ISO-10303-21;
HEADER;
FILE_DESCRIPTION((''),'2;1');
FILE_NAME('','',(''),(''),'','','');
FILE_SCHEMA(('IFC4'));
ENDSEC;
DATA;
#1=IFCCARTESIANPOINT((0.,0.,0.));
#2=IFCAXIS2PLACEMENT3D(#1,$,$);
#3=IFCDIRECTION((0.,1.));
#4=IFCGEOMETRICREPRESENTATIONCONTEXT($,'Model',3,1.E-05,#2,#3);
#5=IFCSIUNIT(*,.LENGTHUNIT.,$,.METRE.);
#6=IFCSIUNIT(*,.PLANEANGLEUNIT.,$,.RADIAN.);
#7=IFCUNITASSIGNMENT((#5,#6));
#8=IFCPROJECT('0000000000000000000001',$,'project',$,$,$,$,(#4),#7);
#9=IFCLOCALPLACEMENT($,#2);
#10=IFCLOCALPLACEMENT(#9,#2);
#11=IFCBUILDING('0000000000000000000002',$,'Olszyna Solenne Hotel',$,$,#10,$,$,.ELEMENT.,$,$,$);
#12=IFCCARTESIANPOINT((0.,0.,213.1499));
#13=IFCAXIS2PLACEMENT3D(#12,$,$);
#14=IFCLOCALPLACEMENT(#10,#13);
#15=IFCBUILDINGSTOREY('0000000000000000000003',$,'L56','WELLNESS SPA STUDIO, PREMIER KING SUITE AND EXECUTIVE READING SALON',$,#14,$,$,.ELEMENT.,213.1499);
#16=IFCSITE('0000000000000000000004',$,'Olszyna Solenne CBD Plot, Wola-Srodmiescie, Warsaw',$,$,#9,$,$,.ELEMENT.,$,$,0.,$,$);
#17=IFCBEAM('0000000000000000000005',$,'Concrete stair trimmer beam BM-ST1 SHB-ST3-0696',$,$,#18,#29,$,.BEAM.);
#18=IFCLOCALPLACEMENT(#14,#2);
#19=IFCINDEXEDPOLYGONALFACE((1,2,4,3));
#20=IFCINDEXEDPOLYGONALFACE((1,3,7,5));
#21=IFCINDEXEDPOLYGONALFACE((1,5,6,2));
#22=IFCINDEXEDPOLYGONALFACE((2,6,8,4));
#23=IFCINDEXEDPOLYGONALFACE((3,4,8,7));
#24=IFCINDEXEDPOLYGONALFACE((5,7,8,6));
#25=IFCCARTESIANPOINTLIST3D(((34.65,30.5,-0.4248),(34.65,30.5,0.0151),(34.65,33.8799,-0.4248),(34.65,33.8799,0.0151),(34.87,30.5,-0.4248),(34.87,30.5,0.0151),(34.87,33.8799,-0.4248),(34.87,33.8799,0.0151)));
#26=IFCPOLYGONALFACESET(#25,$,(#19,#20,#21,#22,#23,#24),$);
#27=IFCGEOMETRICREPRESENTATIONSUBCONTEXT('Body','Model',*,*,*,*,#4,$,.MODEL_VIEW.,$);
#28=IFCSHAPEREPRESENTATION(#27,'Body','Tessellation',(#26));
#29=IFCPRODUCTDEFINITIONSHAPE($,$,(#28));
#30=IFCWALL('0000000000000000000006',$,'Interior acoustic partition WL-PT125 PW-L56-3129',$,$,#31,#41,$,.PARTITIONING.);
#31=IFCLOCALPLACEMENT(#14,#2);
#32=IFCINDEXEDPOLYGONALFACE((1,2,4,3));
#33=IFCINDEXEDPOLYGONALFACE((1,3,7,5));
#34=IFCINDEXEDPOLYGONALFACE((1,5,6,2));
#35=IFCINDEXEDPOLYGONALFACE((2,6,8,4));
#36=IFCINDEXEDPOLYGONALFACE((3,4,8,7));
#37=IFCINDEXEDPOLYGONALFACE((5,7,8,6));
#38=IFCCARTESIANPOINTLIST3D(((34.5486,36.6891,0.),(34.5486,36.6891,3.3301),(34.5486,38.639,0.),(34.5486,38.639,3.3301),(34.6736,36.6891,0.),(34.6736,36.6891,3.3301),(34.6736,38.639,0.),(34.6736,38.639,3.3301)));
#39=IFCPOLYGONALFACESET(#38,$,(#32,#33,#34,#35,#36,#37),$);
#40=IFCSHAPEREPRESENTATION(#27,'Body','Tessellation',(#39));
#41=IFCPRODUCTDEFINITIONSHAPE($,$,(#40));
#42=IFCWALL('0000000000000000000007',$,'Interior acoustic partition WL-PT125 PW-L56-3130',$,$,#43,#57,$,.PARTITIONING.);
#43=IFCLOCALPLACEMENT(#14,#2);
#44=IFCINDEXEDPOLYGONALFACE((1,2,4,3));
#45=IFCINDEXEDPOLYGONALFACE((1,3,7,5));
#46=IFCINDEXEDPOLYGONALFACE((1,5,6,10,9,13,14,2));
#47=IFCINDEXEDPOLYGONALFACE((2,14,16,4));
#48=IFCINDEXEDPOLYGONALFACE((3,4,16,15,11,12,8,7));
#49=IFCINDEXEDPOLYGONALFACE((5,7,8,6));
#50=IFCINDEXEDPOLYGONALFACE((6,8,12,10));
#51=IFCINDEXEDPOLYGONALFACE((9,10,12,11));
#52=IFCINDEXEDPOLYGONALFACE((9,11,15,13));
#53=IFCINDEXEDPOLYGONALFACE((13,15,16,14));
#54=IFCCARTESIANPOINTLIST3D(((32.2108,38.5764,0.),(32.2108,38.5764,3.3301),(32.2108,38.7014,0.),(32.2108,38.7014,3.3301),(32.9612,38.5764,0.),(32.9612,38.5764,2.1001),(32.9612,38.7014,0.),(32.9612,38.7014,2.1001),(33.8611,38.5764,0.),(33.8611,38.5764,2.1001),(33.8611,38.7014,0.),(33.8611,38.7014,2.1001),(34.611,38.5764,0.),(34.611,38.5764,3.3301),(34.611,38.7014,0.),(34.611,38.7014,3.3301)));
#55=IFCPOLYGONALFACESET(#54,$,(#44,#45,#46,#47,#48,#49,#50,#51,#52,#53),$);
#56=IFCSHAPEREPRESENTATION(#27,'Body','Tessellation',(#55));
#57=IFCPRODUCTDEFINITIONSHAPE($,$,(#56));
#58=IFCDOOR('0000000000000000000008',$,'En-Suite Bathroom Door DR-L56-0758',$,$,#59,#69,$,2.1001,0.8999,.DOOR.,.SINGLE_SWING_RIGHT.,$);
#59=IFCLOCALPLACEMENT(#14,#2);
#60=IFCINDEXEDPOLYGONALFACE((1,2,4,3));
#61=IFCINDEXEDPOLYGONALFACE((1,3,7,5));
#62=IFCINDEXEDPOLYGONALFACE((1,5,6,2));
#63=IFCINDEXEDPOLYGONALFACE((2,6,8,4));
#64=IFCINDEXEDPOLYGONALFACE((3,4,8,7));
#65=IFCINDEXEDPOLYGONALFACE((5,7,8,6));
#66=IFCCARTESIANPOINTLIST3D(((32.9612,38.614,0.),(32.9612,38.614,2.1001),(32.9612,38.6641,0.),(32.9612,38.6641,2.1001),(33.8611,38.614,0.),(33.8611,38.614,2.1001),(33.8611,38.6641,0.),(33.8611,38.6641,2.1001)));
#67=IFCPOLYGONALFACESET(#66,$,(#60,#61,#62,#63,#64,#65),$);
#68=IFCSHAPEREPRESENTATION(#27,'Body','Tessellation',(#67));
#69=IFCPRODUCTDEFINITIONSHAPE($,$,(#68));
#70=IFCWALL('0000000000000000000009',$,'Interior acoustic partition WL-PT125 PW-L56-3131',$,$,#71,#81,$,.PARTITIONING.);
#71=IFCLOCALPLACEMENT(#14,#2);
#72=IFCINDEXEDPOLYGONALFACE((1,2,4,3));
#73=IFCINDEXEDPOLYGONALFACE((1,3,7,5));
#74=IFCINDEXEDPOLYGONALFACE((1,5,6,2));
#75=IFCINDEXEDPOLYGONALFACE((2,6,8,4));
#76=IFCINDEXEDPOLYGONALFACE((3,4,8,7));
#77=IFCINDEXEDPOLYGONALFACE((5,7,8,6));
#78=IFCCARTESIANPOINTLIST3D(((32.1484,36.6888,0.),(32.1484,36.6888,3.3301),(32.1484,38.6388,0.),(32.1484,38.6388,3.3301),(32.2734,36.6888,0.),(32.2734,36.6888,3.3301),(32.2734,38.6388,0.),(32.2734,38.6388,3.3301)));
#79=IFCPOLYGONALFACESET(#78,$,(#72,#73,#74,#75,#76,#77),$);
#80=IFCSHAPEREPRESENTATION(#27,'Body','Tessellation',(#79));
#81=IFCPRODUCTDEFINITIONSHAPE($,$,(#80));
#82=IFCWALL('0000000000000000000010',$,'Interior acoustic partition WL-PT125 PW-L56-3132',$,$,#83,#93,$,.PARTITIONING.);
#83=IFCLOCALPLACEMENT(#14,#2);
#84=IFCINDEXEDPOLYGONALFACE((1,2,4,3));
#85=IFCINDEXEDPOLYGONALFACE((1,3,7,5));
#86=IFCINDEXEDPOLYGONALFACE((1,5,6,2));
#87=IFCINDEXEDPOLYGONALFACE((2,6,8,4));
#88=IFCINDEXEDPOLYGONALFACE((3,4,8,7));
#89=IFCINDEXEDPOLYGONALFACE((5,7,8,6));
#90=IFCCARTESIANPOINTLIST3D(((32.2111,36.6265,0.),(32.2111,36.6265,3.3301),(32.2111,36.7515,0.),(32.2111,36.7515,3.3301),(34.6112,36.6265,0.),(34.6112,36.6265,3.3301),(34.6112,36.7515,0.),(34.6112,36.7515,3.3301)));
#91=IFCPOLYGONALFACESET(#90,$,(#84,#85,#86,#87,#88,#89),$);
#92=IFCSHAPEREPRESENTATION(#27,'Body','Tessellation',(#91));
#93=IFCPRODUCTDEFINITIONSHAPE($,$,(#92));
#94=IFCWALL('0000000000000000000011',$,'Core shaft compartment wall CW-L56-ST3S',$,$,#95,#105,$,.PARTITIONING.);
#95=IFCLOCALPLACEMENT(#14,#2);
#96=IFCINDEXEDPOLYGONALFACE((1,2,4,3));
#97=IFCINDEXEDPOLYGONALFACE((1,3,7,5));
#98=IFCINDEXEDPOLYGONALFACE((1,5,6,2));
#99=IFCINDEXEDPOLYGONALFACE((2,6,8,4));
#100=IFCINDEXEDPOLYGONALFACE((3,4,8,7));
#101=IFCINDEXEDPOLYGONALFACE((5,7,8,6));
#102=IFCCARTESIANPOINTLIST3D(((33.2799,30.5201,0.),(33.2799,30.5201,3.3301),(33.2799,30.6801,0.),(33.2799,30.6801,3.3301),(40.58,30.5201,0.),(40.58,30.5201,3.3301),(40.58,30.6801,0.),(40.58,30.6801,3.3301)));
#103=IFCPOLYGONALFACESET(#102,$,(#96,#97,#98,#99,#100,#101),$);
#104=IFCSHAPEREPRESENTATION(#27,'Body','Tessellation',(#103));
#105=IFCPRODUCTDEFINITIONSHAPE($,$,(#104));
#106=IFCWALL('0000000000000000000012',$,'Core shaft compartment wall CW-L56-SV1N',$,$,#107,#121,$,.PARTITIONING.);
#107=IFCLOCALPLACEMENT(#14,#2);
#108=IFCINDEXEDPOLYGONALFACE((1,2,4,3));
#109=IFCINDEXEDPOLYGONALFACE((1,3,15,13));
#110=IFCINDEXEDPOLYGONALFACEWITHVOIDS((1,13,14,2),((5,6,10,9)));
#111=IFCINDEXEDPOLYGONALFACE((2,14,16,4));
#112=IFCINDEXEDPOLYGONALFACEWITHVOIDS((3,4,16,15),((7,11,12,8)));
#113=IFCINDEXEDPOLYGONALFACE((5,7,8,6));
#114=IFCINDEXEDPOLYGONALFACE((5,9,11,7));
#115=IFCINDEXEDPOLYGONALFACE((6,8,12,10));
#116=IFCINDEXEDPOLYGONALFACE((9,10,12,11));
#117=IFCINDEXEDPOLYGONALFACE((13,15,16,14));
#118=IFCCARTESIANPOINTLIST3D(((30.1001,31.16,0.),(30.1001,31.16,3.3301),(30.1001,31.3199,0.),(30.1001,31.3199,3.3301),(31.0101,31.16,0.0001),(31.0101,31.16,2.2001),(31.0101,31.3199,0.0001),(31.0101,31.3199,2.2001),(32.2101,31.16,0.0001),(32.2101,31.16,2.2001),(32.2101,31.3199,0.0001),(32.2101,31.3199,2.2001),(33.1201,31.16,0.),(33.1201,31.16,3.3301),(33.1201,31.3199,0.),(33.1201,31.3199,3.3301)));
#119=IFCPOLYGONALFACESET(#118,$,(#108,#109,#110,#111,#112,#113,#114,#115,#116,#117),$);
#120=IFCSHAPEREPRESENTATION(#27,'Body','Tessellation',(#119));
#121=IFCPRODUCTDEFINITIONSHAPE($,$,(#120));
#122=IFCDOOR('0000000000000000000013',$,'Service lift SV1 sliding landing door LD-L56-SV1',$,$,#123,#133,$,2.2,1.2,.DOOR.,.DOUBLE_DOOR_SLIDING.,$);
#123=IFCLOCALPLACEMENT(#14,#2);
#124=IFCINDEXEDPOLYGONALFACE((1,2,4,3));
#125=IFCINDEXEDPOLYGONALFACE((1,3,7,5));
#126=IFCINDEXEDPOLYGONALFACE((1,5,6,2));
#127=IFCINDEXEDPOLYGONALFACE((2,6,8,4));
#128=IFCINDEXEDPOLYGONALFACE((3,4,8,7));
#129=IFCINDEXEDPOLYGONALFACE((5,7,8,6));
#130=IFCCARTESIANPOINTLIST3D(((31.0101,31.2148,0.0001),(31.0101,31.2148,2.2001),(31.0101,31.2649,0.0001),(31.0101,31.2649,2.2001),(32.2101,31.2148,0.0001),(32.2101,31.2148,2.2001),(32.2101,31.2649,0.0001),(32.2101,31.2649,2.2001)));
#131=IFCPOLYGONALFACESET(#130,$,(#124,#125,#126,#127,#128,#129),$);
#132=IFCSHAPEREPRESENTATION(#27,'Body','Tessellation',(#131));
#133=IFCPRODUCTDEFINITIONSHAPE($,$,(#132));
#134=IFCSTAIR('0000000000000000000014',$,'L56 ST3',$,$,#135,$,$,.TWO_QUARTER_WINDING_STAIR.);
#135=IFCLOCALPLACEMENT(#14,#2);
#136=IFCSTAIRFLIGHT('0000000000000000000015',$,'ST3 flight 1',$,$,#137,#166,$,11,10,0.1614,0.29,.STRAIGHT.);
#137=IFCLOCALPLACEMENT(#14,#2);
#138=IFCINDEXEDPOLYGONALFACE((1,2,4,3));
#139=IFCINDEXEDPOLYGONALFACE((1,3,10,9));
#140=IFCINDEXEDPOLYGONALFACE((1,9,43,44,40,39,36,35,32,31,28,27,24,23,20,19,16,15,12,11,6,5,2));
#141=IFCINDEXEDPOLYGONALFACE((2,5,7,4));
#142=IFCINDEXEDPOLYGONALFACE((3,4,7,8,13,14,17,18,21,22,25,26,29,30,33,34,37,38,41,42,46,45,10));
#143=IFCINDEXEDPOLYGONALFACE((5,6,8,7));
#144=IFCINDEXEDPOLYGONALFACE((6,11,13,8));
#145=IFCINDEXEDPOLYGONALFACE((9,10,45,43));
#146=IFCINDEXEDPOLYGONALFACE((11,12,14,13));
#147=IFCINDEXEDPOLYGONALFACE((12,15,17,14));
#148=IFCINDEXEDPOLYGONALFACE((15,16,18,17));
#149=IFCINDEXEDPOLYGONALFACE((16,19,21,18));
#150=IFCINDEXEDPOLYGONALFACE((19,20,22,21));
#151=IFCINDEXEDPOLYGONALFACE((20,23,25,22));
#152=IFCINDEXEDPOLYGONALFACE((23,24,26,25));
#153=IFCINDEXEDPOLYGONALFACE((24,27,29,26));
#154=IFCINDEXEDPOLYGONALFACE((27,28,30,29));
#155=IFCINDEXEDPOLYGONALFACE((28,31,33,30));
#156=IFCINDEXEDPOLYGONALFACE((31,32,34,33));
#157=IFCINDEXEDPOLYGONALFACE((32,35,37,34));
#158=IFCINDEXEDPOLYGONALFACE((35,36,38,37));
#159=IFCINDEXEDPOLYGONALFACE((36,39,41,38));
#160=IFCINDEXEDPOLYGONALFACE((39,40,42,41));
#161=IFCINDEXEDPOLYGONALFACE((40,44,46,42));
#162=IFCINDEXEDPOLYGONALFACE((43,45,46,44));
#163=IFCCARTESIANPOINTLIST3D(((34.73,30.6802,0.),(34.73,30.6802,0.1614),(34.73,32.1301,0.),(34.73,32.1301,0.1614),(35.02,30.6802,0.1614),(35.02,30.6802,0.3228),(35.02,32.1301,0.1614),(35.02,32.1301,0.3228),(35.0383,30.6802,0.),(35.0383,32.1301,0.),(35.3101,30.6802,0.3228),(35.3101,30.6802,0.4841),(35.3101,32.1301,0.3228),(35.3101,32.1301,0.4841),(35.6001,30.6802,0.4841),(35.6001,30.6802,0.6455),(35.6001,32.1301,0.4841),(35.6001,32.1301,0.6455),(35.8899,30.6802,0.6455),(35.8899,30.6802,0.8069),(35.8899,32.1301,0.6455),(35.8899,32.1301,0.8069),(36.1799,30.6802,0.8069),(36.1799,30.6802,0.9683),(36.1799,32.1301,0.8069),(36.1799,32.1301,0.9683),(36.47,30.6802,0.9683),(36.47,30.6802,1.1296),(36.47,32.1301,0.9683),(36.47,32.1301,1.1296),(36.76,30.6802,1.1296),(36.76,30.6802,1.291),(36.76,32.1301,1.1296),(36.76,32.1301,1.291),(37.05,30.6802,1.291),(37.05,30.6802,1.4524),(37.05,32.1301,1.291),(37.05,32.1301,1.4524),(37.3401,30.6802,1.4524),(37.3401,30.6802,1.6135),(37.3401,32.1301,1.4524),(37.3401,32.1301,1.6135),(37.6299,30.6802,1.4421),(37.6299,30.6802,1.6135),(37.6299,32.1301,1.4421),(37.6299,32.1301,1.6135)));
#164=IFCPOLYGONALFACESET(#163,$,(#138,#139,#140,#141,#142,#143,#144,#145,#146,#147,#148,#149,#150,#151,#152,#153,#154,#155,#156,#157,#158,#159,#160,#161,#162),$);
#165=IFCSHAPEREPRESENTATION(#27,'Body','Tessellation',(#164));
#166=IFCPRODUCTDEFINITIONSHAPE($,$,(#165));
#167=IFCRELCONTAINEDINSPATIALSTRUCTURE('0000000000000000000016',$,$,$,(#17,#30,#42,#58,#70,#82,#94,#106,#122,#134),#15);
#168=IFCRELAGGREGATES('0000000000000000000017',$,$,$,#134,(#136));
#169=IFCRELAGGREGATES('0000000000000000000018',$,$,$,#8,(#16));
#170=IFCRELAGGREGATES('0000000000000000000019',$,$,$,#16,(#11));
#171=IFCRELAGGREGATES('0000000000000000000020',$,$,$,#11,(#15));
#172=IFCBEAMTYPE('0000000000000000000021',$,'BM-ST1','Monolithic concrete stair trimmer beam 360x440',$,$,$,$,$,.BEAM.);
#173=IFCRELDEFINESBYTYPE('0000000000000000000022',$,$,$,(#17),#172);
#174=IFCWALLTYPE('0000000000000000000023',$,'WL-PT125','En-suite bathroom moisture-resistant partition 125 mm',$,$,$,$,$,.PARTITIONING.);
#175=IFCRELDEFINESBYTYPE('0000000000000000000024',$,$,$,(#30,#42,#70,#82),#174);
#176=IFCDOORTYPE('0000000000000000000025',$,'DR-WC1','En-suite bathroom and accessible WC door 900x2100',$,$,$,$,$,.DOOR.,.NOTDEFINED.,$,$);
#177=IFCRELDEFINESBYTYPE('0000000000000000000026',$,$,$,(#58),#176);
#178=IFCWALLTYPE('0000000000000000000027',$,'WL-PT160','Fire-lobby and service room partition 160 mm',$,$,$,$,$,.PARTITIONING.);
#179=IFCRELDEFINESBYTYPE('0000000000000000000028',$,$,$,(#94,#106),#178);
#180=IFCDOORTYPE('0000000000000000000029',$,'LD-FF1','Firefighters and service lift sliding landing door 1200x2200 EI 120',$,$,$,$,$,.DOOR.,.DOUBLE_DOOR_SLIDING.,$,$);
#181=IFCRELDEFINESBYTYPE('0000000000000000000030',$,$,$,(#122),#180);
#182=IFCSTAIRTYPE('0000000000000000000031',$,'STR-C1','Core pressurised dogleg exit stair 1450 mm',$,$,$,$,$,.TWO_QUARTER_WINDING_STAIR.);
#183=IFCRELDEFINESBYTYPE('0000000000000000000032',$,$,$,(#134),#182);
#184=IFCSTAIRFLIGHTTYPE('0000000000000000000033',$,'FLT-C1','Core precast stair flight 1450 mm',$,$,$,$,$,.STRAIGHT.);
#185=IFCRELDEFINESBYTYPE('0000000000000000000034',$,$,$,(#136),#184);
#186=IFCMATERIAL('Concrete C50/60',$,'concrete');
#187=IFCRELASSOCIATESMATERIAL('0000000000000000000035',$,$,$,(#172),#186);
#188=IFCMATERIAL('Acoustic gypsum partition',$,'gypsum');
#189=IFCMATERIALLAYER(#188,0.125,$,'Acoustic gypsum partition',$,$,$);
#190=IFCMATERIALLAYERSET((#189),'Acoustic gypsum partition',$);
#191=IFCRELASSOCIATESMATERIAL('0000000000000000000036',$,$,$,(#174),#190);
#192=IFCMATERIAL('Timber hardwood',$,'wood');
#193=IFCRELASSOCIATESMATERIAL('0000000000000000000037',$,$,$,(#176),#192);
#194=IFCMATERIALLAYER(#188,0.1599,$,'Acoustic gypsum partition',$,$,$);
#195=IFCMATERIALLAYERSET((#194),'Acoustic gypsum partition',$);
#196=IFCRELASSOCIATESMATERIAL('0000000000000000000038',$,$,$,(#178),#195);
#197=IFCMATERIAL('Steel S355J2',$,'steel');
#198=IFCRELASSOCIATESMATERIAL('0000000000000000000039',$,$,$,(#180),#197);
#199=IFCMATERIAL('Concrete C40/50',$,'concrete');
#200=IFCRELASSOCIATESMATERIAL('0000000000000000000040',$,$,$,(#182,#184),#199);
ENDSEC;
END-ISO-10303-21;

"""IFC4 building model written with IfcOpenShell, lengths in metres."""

from ifc_helpers import new_model, si_unit, direction, frame, frame_2d, origin, origin_2d, place, context, subcontext, project, spatial, polyline, rectangle, outline, extrude, source, transform, mapped, material, layer, layer_set, material_profile, profile_set, type_object, type_shapes, element, fill, aggregate, save


model = new_model("IFC4")

# Units and contexts
model_context = context("Model", 3, precision=1e-05, world=origin(), true_north=direction((0.0, 1.0)))
body_context = subcontext(model_context, "Body", "Model", "MODEL_VIEW")
ifc_project = project(units=[si_unit("LENGTHUNIT", "METRE"), si_unit("PLANEANGLEUNIT", "RADIAN")], contexts=[model_context])

# Site, building, storey
site_placement = place(None, origin())
site = spatial("IfcSite", under=ifc_project, at=site_placement, Name="Olszyna Solenne CBD Plot, Wola-Srodmiescie, Warsaw", CompositionType="ELEMENT", RefElevation=0.0)
building_placement = place(site_placement, origin())
building = spatial("IfcBuilding", under=site, at=building_placement, Name="Olszyna Solenne Hotel", CompositionType="ELEMENT")
storey_placement = place(building_placement, frame((0.0, 0.0, 213.1499)))
storey = spatial("IfcBuildingStorey", under=building, at=storey_placement, Name="L56", Description="WELLNESS SPA STUDIO, PREMIER KING SUITE AND EXECUTIVE READING SALON", CompositionType="ELEMENT", Elevation=213.1499)

# Beam
ifc_material_1 = material(Name="Concrete C50/60", Category="concrete")
ifc_material_profile = material_profile(ifc_material_1, rectangle(XDim=0.22, YDim=0.4399, at=origin_2d()), Name="RC 220x440", Category="load-bearing")
ifc_profile_set = profile_set([ifc_material_profile], Name="Concrete C50/60")
beam_type = type_object("IfcBeamType", Name="BM-ST1", Description="Monolithic concrete stair trimmer beam 360x440", PredefinedType="BEAM", material=ifc_profile_set)
shared_shape_1 = source(origin(), body_context, "Body", "SweptSolid", [
    extrude(rectangle(XDim=0.22, YDim=0.4399, at=origin_2d()), origin(), (0.0, 0.0, 1.0), 3.3799),
])
beam_placement = place(storey_placement, frame((34.76, 30.5, -0.2048), z_axis=(0.0, 1.0, 0.0), x_axis=(-1.0, 0.0, 0.0)))
element("IfcBeam", 1, at=beam_placement, inside=storey, type_object=beam_type, Name="Concrete stair trimmer beam BM-ST1 SHB-ST3-0696", PredefinedType="BEAM", context=body_context, shape_type="MappedRepresentation", body=[
    mapped(shared_shape_1, transform((0.0, 0.0, 0.0), x_axis=(1.0, 0.0, 0.0), y_axis=(0.0, 1.0, 0.0), z_axis=(0.0, 0.0, 1.0), scale=1.0)),
])

# Wall
ifc_material_2 = material(Name="Acoustic gypsum partition", Category="gypsum")
ifc_layer_1 = layer(ifc_material_2, 0.125, Name="Acoustic gypsum partition")
ifc_layer_set_1 = layer_set([ifc_layer_1], Name="Acoustic gypsum partition")
wall_type_1 = type_object("IfcWallType", Name="WL-PT125", Description="En-suite bathroom moisture-resistant partition 125 mm", PredefinedType="PARTITIONING", material=ifc_layer_set_1)
wall_1_placement = place(storey_placement, frame((34.6111, 36.689, 0.0), z_axis=(0.0, 0.0, 1.0), x_axis=(0.0, 1.0, 0.0)))
element("IfcWall", 2, at=wall_1_placement, inside=storey, type_object=wall_type_1, Name="Interior acoustic partition WL-PT125 PW-L56-3129", PredefinedType="PARTITIONING", context=body_context, shape_type="SweptSolid", body=[
    extrude(rectangle(XDim=1.95, YDim=0.125, at=frame_2d((0.9751, 0.0))), origin(), (0.0, 0.0, 1.0), 3.3301),
])

# Wall, opening, door
wall_2_placement = place(storey_placement, frame((34.6111, 38.6389, 0.0), z_axis=(0.0, 0.0, 1.0), x_axis=(-1.0, 0.0, 0.0)))
wall_2 = element("IfcWall", 3, at=wall_2_placement, inside=storey, type_object=wall_type_1, Name="Interior acoustic partition WL-PT125 PW-L56-3130", PredefinedType="PARTITIONING", context=body_context, shape_type="SweptSolid", body=[
    extrude(rectangle(XDim=2.4001, YDim=0.125, at=frame_2d((1.2002, 0.0))), origin(), (0.0, 0.0, 1.0), 3.3301),
])
opening_1_placement = place(wall_2_placement, frame((0.75, 0.0, 0.0)))
opening_1 = element("IfcOpeningElement", 4, at=opening_1_placement, cuts=wall_2, PredefinedType="OPENING", context=body_context, shape_type="SweptSolid", body=[
    extrude(rectangle(XDim=0.8999, YDim=2.1001, at=frame_2d((0.45, 1.05))), frame((0.0, 0.0725, 0.0), z_axis=(0.0, -1.0, 0.0), x_axis=(1.0, 0.0, 0.0)), (0.0, 0.0, 1.0), 0.145),
])
ifc_material_3 = material(Name="Timber hardwood", Category="wood")
door_type_1 = type_object("IfcDoorType", Name="DR-WC1", Description="En-suite bathroom and accessible WC door 900x2100", OperationType="NOTDEFINED", PredefinedType="DOOR", material=ifc_material_3)
shared_shape_2 = source(origin(), body_context, "Body", "SweptSolid", [
    extrude(rectangle(XDim=0.8999, YDim=2.1001, at=frame_2d((0.45, 1.05))), frame((0.0, 0.0249, 0.0), z_axis=(0.0, -1.0, 0.0), x_axis=(1.0, 0.0, 0.0)), (0.0, 0.0, 1.0), 0.05),
])
type_shapes(door_type_1, [shared_shape_2])
door_1_placement = place(opening_1_placement, origin())
door_1 = element("IfcDoor", 5, at=door_1_placement, inside=storey, type_object=door_type_1, Name="En-Suite Bathroom Door DR-L56-0758", OperationType="SINGLE_SWING_RIGHT", OverallHeight=2.1001, OverallWidth=0.8999, PredefinedType="DOOR", context=body_context, shape_type="MappedRepresentation", body=[
    mapped(shared_shape_2, transform((0.0, 0.0, 0.0), x_axis=(1.0, 0.0, 0.0), y_axis=(0.0, 1.0, 0.0), z_axis=(0.0, 0.0, 1.0), scale=1.0)),
])
fill(opening_1, door_1)

# Walls
wall_3_placement = place(storey_placement, frame((32.2109, 38.6389, 0.0), z_axis=(0.0, 0.0, 1.0), x_axis=(0.0, -1.0, 0.0)))
element("IfcWall", 6, at=wall_3_placement, inside=storey, type_object=wall_type_1, Name="Interior acoustic partition WL-PT125 PW-L56-3131", PredefinedType="PARTITIONING", context=body_context, shape_type="SweptSolid", body=[
    extrude(rectangle(XDim=1.95, YDim=0.125, at=frame_2d((0.9751, 0.0))), origin(), (0.0, 0.0, 1.0), 3.3301),
])
wall_4_placement = place(storey_placement, frame((32.2109, 36.689, 0.0), z_axis=(0.0, 0.0, 1.0), x_axis=(1.0, 0.0, 0.0)))
element("IfcWall", 7, at=wall_4_placement, inside=storey, type_object=wall_type_1, Name="Interior acoustic partition WL-PT125 PW-L56-3132", PredefinedType="PARTITIONING", context=body_context, shape_type="SweptSolid", body=[
    extrude(rectangle(XDim=2.4001, YDim=0.125, at=frame_2d((1.2002, 0.0))), origin(), (0.0, 0.0, 1.0), 3.3301),
])
ifc_layer_2 = layer(ifc_material_2, 0.1599, Name="Acoustic gypsum partition")
ifc_layer_set_2 = layer_set([ifc_layer_2], Name="Acoustic gypsum partition")
wall_type_2 = type_object("IfcWallType", Name="WL-PT160", Description="Fire-lobby and service room partition 160 mm", PredefinedType="PARTITIONING", material=ifc_layer_set_2)
wall_5_placement = place(storey_placement, frame((33.28, 30.6001, 0.0), z_axis=(0.0, 0.0, 1.0), x_axis=(1.0, 0.0, 0.0)))
element("IfcWall", 8, at=wall_5_placement, inside=storey, type_object=wall_type_2, Name="Core shaft compartment wall CW-L56-ST3S", PredefinedType="PARTITIONING", context=body_context, shape_type="SweptSolid", body=[
    extrude(rectangle(XDim=7.3, YDim=0.1599, at=frame_2d((3.6499, 0.0))), origin(), (0.0, 0.0, 1.0), 3.3301),
])

# Wall, opening, door
wall_6_placement = place(storey_placement, frame((30.1001, 31.24, 0.0), z_axis=(0.0, 0.0, 1.0), x_axis=(1.0, 0.0, 0.0)))
wall_6 = element("IfcWall", 9, at=wall_6_placement, inside=storey, type_object=wall_type_2, Name="Core shaft compartment wall CW-L56-SV1N", PredefinedType="PARTITIONING", context=body_context, shape_type="SweptSolid", body=[
    extrude(rectangle(XDim=3.02, YDim=0.1599, at=frame_2d((1.51, 0.0))), origin(), (0.0, 0.0, 1.0), 3.3301),
])
opening_2_placement = place(wall_6_placement, frame((0.9099, 0.0, 0.0)))
opening_2 = element("IfcOpeningElement", 10, at=opening_2_placement, cuts=wall_6, PredefinedType="OPENING", context=body_context, shape_type="SweptSolid", body=[
    extrude(rectangle(XDim=1.2, YDim=2.2, at=frame_2d((0.6001, 1.1001))), frame((0.0, 0.0898, 0.0), z_axis=(0.0, -1.0, 0.0), x_axis=(1.0, 0.0, 0.0)), (0.0, 0.0, 1.0), 0.1799),
])
ifc_material_4 = material(Name="Steel S355J2", Category="steel")
door_type_2 = type_object("IfcDoorType", Name="LD-FF1", Description="Firefighters and service lift sliding landing door 1200x2200 EI 120", OperationType="DOUBLE_DOOR_SLIDING", PredefinedType="DOOR", material=ifc_material_4)
shared_shape_3 = source(origin(), body_context, "Body", "SweptSolid", [
    extrude(rectangle(XDim=1.2, YDim=2.2, at=frame_2d((0.6001, 1.1001))), frame((0.0, 0.0249, 0.0), z_axis=(0.0, -1.0, 0.0), x_axis=(1.0, 0.0, 0.0)), (0.0, 0.0, 1.0), 0.05),
])
type_shapes(door_type_2, [shared_shape_3])
door_2_placement = place(opening_2_placement, origin())
door_2 = element("IfcDoor", 11, at=door_2_placement, inside=storey, type_object=door_type_2, Name="Service lift SV1 sliding landing door LD-L56-SV1", OperationType="DOUBLE_DOOR_SLIDING", OverallHeight=2.2, OverallWidth=1.2, PredefinedType="DOOR", context=body_context, shape_type="MappedRepresentation", body=[
    mapped(shared_shape_3, transform((0.0, 0.0, 0.0), x_axis=(1.0, 0.0, 0.0), y_axis=(0.0, 1.0, 0.0), z_axis=(0.0, 0.0, 1.0), scale=1.0)),
])
fill(opening_2, door_2)

# Stair, stair flight
ifc_material_5 = material(Name="Concrete C40/50", Category="concrete")
stair_type = type_object("IfcStairType", Name="STR-C1", Description="Core pressurised dogleg exit stair 1450 mm", PredefinedType="TWO_QUARTER_WINDING_STAIR", material=ifc_material_5)
stair_placement = place(storey_placement, origin())
stair = element("IfcStair", 12, at=stair_placement, inside=storey, type_object=stair_type, Name="L56 ST3", PredefinedType="TWO_QUARTER_WINDING_STAIR")
stair_flight_type = type_object("IfcStairFlightType", Name="FLT-C1", Description="Core precast stair flight 1450 mm", PredefinedType="STRAIGHT", material=ifc_material_5)
stair_flight_placement = place(storey_placement, frame((34.73, 31.405, 0.0), z_axis=(0.0, 0.0, 1.0), x_axis=(1.0, 0.0, 0.0)))
stair_flight = element("IfcStairFlight", 13, at=stair_flight_placement, type_object=stair_flight_type, Name="ST3 flight 1", NumberOfRisers=11, NumberOfTreads=10, PredefinedType="STRAIGHT", RiserHeight=0.1614, TreadLength=0.29, context=body_context, shape_type="SweptSolid", body=[
    extrude(outline(polyline([(0.0, 0.0), (0.0, 0.1614), (0.29, 0.1614), (0.29, 0.3228), (0.5801, 0.3228), (0.5801, 0.4841), (0.8701, 0.4841), (0.8701, 0.6455), (1.1599, 0.6455), (1.1599, 0.8069), (1.45, 0.8069), (1.45, 0.9683), (1.74, 0.9683), (1.74, 1.1296), (2.03, 1.1296), (2.03, 1.291), (2.3201, 1.291), (2.3201, 1.4524), (2.6101, 1.4524), (2.6101, 1.6135), (2.8999, 1.6135), (2.8999, 1.7749), (2.8999, 1.4421), (0.3083, 0.0), (0.0, 0.0)])), frame((0.0, 0.7251, 0.0), z_axis=(0.0, -1.0, 0.0), x_axis=(1.0, 0.0, 0.0)), (0.0, 0.0, 1.0), 1.45),
])
aggregate(stair, [stair_flight])

save(model, "model.ifc")
